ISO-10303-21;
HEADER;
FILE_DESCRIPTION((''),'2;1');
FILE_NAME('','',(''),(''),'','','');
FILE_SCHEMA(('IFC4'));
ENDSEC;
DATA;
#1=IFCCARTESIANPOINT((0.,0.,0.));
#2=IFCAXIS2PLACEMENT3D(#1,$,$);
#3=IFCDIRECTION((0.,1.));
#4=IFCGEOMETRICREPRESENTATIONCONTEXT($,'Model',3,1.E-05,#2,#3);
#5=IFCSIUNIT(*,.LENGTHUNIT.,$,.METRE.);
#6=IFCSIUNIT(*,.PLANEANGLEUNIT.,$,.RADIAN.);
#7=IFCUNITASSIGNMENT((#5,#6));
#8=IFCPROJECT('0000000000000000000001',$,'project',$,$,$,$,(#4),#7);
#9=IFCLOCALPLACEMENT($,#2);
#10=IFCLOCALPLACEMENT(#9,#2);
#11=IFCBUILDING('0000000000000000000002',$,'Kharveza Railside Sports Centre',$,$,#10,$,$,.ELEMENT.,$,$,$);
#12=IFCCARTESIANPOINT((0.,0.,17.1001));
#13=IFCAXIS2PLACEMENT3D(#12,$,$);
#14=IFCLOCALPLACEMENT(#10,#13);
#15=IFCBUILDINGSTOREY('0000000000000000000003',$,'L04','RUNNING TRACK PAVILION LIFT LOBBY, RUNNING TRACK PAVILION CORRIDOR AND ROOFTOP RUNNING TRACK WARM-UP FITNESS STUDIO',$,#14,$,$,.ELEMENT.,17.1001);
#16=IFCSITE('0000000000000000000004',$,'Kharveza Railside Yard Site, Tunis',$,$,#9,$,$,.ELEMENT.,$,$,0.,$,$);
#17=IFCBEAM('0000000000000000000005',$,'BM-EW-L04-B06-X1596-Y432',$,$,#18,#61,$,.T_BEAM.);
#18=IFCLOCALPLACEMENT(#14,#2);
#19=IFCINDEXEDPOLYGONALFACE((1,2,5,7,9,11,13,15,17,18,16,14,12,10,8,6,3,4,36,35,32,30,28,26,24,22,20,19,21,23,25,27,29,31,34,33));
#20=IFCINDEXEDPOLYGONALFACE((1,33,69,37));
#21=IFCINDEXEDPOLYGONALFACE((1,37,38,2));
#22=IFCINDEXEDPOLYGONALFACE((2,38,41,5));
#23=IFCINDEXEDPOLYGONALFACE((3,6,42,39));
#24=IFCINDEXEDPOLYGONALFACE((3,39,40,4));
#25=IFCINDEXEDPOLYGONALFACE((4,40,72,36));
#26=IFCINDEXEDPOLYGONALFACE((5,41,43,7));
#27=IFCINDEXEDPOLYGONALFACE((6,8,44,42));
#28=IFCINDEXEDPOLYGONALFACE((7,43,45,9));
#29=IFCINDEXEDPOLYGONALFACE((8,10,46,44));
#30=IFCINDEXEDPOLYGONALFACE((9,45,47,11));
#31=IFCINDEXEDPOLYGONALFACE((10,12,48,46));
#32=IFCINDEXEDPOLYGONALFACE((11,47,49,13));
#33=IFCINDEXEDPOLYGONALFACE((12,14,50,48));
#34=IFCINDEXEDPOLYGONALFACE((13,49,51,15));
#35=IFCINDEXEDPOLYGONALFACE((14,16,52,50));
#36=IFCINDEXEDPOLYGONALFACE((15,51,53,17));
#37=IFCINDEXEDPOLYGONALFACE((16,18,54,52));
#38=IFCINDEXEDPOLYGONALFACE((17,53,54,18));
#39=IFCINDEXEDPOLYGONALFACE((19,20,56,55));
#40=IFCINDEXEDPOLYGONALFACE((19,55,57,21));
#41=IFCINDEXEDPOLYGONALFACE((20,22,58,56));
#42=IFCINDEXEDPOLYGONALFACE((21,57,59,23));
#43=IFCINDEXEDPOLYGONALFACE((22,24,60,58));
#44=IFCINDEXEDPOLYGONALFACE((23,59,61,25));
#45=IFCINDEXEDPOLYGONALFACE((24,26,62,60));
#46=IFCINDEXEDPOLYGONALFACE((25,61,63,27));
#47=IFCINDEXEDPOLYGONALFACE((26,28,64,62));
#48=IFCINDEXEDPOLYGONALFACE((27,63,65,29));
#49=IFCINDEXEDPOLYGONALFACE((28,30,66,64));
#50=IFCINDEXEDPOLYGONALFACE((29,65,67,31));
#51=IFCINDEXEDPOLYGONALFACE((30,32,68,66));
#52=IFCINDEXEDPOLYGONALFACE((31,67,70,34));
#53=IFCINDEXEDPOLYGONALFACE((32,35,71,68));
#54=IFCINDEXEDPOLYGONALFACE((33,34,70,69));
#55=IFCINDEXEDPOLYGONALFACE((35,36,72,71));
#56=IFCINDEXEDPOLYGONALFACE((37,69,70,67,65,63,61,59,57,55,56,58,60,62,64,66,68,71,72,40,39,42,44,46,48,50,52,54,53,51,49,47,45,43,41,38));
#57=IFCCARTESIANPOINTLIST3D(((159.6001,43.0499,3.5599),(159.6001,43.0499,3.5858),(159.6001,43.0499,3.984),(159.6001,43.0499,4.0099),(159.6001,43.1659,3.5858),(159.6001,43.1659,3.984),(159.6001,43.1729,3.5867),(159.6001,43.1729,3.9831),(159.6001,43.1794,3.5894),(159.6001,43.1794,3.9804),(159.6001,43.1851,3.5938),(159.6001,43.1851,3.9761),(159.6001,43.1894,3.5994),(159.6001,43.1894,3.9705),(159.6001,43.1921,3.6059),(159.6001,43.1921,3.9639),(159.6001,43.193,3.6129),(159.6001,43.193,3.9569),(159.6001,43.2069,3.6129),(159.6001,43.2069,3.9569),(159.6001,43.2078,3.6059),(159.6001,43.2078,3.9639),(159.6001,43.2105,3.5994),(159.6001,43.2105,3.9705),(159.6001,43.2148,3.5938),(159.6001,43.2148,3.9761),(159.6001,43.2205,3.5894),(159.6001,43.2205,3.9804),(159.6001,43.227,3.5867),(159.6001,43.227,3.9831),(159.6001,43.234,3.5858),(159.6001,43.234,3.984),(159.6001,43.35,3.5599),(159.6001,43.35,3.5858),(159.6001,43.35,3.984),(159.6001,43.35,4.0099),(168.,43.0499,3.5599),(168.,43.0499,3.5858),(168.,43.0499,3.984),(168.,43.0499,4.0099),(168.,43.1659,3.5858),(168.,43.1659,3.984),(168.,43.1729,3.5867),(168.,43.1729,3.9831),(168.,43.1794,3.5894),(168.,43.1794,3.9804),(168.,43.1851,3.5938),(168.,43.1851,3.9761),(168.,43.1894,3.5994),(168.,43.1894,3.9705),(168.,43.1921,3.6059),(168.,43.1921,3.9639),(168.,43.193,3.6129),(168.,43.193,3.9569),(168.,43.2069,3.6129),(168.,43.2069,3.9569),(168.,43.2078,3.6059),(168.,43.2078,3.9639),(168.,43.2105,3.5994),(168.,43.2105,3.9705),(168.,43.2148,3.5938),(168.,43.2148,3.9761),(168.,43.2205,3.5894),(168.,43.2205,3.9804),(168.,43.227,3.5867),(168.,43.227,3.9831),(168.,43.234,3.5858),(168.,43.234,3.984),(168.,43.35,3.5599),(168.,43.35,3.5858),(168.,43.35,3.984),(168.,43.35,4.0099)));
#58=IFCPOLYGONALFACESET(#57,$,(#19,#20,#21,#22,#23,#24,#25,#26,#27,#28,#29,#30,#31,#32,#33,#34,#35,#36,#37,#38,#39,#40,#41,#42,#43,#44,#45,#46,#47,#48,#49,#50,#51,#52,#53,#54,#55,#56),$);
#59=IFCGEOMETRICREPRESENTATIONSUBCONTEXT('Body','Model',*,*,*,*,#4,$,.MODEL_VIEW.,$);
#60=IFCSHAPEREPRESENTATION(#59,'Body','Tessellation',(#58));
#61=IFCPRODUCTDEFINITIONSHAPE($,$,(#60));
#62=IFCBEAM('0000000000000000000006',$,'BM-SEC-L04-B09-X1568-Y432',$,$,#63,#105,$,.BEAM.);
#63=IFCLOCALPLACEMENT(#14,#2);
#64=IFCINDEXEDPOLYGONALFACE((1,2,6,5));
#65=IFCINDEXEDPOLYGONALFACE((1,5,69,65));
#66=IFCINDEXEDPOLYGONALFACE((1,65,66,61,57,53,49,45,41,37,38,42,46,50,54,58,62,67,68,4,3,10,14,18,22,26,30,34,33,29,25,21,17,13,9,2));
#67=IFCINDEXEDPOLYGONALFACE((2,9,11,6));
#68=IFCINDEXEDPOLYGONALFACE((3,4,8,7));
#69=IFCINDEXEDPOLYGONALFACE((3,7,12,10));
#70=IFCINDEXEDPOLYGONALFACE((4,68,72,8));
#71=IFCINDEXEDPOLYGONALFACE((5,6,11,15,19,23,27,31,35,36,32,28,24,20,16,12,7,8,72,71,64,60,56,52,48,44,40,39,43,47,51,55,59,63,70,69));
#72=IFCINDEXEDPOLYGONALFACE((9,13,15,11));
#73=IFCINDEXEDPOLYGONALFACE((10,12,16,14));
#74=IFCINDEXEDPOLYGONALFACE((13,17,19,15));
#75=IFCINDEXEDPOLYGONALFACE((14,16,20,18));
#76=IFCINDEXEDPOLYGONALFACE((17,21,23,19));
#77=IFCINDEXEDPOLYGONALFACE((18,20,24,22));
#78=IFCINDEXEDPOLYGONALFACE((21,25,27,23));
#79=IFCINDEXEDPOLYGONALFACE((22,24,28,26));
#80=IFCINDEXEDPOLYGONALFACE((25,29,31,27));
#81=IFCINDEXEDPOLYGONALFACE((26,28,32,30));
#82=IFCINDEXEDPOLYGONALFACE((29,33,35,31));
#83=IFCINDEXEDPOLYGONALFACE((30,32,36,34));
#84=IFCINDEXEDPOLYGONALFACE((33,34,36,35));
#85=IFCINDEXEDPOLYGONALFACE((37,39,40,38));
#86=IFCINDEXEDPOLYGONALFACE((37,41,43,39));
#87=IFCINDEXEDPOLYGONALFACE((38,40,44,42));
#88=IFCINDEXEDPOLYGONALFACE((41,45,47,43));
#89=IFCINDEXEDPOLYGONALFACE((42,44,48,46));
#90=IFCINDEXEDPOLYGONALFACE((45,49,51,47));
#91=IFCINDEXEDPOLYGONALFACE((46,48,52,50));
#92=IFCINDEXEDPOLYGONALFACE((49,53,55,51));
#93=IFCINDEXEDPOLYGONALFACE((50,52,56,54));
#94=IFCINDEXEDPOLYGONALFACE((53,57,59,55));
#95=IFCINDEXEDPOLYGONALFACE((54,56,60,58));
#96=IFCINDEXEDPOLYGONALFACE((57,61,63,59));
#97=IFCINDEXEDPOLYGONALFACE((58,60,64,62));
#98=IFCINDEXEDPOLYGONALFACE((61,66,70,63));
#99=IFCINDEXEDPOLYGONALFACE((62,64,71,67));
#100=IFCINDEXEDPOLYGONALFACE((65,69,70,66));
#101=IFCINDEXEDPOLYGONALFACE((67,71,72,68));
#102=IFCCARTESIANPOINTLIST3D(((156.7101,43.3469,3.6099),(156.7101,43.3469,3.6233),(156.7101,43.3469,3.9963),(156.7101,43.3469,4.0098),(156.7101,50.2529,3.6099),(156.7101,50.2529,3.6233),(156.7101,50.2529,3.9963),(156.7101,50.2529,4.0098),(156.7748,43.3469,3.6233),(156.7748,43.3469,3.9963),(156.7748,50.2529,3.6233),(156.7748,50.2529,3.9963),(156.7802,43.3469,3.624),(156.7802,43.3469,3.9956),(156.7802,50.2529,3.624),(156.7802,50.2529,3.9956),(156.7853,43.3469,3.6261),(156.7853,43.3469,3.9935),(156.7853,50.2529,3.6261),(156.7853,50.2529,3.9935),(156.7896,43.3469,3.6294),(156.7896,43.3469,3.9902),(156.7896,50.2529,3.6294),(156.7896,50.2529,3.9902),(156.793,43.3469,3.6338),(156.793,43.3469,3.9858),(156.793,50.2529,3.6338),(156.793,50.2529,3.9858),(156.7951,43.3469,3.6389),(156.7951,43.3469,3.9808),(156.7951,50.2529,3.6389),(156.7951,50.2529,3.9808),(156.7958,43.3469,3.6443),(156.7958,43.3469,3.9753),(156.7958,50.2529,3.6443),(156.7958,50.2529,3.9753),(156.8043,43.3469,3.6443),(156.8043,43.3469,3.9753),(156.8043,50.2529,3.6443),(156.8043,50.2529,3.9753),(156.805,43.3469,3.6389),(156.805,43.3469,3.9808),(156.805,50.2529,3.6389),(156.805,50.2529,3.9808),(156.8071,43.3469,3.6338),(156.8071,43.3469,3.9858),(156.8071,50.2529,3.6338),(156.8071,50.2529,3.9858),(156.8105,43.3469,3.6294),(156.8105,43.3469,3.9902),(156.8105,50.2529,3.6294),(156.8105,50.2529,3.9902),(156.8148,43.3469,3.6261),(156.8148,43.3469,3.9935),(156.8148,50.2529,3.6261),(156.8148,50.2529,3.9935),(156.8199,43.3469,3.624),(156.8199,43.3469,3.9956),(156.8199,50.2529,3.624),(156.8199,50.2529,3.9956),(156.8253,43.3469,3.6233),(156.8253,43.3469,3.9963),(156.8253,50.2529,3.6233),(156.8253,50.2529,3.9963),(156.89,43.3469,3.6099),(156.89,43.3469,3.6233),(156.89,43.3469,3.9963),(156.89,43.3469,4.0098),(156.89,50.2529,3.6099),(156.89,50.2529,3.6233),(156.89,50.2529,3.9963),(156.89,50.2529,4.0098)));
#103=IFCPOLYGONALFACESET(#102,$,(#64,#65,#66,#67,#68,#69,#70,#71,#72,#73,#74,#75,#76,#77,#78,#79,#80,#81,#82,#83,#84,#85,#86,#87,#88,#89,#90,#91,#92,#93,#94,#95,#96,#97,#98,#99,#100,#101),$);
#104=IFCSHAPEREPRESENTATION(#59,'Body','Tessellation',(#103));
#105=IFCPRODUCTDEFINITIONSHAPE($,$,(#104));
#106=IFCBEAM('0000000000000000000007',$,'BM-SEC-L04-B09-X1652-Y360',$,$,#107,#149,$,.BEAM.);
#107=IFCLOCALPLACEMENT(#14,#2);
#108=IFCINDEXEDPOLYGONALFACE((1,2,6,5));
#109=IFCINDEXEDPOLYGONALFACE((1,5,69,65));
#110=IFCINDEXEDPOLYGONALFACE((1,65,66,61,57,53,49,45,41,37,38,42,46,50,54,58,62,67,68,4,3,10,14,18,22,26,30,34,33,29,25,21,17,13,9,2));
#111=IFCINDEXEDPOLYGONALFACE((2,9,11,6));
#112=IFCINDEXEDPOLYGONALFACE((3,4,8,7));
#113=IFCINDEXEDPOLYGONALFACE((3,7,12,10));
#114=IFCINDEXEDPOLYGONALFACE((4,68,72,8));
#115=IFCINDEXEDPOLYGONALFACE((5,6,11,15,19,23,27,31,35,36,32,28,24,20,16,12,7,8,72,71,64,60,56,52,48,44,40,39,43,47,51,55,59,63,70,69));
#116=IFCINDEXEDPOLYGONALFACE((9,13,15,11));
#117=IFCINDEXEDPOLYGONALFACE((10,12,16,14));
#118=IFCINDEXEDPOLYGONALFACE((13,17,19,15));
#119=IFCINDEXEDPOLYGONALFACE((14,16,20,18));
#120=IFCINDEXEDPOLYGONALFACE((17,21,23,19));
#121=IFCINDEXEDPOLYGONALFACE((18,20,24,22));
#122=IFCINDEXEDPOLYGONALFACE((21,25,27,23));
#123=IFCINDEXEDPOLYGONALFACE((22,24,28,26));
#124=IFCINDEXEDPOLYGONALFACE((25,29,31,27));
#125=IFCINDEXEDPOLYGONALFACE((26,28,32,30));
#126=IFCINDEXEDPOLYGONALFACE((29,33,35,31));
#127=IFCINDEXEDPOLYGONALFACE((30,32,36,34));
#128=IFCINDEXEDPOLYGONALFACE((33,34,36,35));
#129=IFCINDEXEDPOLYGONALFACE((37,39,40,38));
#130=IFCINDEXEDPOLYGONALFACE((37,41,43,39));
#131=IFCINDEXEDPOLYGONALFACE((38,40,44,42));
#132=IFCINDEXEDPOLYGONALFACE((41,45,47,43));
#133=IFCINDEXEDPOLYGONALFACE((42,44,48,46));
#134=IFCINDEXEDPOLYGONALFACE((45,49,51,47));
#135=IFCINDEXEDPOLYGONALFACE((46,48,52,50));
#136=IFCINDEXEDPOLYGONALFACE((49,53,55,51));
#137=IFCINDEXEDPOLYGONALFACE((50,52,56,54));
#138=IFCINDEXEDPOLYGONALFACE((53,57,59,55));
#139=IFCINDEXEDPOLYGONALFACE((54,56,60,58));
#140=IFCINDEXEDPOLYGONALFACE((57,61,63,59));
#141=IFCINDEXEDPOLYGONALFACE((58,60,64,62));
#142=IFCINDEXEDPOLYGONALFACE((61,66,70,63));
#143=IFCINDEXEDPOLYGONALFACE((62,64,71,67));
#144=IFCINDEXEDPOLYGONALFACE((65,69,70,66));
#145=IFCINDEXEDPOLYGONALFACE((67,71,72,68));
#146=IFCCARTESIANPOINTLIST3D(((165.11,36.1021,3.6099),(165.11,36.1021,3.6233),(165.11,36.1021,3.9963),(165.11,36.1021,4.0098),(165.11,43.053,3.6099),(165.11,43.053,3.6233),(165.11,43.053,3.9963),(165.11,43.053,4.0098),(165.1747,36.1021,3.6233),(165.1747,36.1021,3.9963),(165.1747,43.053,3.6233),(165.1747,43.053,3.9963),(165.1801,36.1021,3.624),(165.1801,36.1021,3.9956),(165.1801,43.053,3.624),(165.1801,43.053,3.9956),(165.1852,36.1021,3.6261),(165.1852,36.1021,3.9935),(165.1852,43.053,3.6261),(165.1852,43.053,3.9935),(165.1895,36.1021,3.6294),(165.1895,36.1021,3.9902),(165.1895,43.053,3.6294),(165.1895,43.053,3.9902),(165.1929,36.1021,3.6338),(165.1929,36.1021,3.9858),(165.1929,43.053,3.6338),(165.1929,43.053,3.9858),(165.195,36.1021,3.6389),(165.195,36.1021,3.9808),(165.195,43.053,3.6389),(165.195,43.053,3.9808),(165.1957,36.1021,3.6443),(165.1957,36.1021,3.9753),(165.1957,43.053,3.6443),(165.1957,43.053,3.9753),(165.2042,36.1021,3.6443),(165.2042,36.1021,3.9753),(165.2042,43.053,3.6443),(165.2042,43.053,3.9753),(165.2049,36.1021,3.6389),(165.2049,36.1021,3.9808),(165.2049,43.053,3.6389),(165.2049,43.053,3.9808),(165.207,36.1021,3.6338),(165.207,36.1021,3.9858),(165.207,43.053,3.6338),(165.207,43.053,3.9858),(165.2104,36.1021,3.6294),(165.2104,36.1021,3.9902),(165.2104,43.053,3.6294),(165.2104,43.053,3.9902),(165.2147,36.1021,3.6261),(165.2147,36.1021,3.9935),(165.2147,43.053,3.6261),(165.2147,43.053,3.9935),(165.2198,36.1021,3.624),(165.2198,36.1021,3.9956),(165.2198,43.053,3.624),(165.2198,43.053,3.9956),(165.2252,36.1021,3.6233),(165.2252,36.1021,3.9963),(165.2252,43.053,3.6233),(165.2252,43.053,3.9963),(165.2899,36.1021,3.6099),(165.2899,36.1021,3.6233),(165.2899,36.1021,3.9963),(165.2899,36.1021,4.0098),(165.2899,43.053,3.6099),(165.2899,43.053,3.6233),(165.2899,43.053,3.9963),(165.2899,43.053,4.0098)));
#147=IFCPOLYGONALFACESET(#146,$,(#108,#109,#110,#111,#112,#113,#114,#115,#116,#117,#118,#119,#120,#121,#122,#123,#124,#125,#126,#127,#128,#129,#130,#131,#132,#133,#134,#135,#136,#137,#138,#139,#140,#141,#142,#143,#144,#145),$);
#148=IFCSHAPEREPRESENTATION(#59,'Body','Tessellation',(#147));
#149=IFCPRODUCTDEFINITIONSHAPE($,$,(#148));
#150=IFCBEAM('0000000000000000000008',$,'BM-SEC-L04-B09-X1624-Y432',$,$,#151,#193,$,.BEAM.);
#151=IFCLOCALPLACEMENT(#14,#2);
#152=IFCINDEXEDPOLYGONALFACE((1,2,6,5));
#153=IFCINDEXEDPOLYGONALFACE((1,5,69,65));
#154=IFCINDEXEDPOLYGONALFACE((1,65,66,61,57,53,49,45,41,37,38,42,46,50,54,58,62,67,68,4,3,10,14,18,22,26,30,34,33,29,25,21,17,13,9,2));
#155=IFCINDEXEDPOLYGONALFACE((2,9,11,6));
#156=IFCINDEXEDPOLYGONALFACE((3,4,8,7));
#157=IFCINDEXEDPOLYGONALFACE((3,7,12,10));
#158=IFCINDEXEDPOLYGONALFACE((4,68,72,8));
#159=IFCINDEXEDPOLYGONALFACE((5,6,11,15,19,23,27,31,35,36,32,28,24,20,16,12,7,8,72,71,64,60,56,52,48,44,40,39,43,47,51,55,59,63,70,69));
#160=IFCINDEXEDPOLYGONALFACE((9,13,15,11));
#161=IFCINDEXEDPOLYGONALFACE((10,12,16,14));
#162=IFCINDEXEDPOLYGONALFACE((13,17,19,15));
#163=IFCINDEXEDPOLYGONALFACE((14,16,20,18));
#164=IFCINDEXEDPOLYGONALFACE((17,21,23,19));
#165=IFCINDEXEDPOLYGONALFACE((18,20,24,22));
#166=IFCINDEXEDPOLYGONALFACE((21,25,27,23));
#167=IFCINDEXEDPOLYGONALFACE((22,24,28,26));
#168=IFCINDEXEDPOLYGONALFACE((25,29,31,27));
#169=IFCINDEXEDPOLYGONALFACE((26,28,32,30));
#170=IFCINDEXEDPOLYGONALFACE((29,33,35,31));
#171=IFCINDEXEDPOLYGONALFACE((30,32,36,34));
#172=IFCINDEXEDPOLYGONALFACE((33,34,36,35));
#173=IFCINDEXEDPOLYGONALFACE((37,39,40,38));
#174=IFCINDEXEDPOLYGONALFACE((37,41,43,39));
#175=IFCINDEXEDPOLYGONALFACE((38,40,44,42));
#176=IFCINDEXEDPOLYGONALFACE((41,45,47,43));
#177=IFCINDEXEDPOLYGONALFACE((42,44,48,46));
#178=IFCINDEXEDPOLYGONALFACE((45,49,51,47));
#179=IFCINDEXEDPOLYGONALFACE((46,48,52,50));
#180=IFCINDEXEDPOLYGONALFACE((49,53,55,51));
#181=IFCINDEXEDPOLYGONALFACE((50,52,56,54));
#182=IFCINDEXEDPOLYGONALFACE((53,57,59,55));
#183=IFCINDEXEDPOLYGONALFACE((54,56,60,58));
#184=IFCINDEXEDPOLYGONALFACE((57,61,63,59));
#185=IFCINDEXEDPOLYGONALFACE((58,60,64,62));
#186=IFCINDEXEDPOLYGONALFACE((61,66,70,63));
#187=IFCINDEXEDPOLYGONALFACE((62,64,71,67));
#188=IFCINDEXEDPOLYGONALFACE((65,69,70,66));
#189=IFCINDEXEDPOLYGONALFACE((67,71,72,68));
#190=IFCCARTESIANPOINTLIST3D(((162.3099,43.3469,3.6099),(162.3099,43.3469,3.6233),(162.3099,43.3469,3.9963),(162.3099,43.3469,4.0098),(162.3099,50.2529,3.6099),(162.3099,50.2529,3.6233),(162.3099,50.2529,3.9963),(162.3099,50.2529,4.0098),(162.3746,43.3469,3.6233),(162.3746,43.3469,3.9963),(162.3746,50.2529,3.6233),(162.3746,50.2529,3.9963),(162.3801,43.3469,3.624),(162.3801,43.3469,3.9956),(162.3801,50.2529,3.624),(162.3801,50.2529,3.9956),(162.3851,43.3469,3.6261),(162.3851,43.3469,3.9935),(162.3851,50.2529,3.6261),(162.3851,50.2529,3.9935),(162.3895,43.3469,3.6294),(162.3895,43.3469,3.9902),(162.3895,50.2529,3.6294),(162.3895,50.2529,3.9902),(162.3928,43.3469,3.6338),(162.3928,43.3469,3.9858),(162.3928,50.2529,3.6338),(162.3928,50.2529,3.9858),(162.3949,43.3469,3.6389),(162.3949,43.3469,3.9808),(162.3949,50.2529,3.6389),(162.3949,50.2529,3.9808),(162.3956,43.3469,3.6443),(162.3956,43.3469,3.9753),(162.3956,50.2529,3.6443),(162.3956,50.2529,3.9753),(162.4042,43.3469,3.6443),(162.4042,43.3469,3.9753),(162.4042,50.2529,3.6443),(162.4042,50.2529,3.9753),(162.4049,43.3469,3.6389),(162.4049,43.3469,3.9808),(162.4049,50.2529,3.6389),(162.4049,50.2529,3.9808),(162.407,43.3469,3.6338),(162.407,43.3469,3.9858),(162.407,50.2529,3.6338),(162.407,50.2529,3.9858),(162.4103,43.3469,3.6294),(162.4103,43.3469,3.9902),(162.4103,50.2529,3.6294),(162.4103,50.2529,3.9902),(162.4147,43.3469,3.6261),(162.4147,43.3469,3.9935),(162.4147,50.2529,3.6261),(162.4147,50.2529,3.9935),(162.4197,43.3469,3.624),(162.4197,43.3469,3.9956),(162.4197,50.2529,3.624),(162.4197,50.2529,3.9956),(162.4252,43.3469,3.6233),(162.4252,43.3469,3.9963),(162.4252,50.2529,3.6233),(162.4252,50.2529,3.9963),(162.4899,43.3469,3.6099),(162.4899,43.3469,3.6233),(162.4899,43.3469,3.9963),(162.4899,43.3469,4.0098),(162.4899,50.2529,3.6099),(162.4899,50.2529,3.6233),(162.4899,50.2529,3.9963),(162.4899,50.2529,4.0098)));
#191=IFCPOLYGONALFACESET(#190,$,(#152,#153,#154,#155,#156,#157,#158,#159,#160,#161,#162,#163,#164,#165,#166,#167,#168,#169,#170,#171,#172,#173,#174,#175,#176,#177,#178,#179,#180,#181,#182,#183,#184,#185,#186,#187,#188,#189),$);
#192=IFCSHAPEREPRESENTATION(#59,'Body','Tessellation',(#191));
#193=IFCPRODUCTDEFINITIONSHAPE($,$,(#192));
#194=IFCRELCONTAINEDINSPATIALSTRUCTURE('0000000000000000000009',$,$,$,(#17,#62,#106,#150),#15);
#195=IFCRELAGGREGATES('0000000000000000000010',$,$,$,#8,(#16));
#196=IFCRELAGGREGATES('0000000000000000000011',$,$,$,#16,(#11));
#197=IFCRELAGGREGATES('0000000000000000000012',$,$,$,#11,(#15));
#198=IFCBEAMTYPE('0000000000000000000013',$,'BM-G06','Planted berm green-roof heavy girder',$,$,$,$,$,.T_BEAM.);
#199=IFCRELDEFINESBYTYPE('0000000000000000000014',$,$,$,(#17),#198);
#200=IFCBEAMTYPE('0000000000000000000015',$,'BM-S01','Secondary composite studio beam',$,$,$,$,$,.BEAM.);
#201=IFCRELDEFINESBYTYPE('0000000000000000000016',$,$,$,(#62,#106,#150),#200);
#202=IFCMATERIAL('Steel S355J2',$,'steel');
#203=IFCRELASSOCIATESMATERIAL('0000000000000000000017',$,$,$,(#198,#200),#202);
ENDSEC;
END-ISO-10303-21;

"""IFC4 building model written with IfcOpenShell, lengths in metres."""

from ifc_helpers import new_model, si_unit, direction, frame, origin, origin_2d, place, context, subcontext, project, spatial, i_section, extrude, material, material_profile, profile_set, type_object, element, save


model = new_model("IFC4")

# Units and contexts
model_context = context("Model", 3, precision=1e-05, world=origin(), true_north=direction((0.0, 1.0)))
body_context = subcontext(model_context, "Body", "Model", "MODEL_VIEW")
ifc_project = project(units=[si_unit("LENGTHUNIT", "METRE"), si_unit("PLANEANGLEUNIT", "RADIAN")], contexts=[model_context])

# Site, building, storey
site_placement = place(None, origin())
site = spatial("IfcSite", under=ifc_project, at=site_placement, Name="Kharveza Railside Yard Site, Tunis", CompositionType="ELEMENT", RefElevation=0.0)
building_placement = place(site_placement, origin())
building = spatial("IfcBuilding", under=site, at=building_placement, Name="Kharveza Railside Sports Centre", CompositionType="ELEMENT")
storey_placement = place(building_placement, frame((0.0, 0.0, 17.1001)))
storey = spatial("IfcBuildingStorey", under=building, at=storey_placement, Name="L04", Description="RUNNING TRACK PAVILION LIFT LOBBY, RUNNING TRACK PAVILION CORRIDOR AND ROOFTOP RUNNING TRACK WARM-UP FITNESS STUDIO", CompositionType="ELEMENT", Elevation=17.1001)

# Shared definitions
ifc_material_1 = material(Name="Steel S355J2", Category="steel")

# Beams
ifc_material_profile_1 = material_profile(ifc_material_1, i_section(OverallWidth=0.3, OverallDepth=0.45, WebThickness=0.0139, FlangeThickness=0.0259, FilletRadius=0.0271, at=origin_2d()), Name="HEB 450")
ifc_profile_set_1 = profile_set([ifc_material_profile_1], Name="Steel S355J2")
beam_type_1 = type_object("IfcBeamType", Name="BM-G06", Description="Planted berm green-roof heavy girder", PredefinedType="T_BEAM", material=ifc_profile_set_1)
beam_1_placement = place(storey_placement, frame((159.6001, 43.2, 3.7849), z_axis=(1.0, 0.0, 0.0), x_axis=(0.0, 1.0, 0.0)))
element("IfcBeam", 1, at=beam_1_placement, inside=storey, type_object=beam_type_1, Name="BM-EW-L04-B06-X1596-Y432", PredefinedType="T_BEAM", context=body_context, shape_type="SweptSolid", body=[
    extrude(i_section(OverallWidth=0.3, OverallDepth=0.45, WebThickness=0.0139, FlangeThickness=0.0259, FilletRadius=0.0271, at=origin_2d()), origin(), (0.0, 0.0, 1.0), 8.3999),
])
ifc_material_profile_2 = material_profile(ifc_material_1, i_section(OverallWidth=0.1799, OverallDepth=0.3999, WebThickness=0.0085, FlangeThickness=0.0134, FilletRadius=0.021, at=origin_2d()), Name="IPE 400")
ifc_profile_set_2 = profile_set([ifc_material_profile_2], Name="Steel S355J2")
beam_type_2 = type_object("IfcBeamType", Name="BM-S01", Description="Secondary composite studio beam", PredefinedType="BEAM", material=ifc_profile_set_2)
beam_2_placement = place(storey_placement, frame((156.8, 43.3469, 3.8098), z_axis=(0.0, 1.0, 0.0), x_axis=(-1.0, 0.0, 0.0)))
element("IfcBeam", 2, at=beam_2_placement, inside=storey, type_object=beam_type_2, Name="BM-SEC-L04-B09-X1568-Y432", PredefinedType="BEAM", context=body_context, shape_type="SweptSolid", body=[
    extrude(i_section(OverallWidth=0.1799, OverallDepth=0.3999, WebThickness=0.0085, FlangeThickness=0.0134, FilletRadius=0.021, at=origin_2d()), origin(), (0.0, 0.0, 1.0), 6.906),
])
beam_3_placement = place(storey_placement, frame((165.2, 36.1021, 3.8098), z_axis=(0.0, 1.0, 0.0), x_axis=(-1.0, 0.0, 0.0)))
element("IfcBeam", 3, at=beam_3_placement, inside=storey, type_object=beam_type_2, Name="BM-SEC-L04-B09-X1652-Y360", PredefinedType="BEAM", context=body_context, shape_type="SweptSolid", body=[
    extrude(i_section(OverallWidth=0.1799, OverallDepth=0.3999, WebThickness=0.0085, FlangeThickness=0.0134, FilletRadius=0.021, at=origin_2d()), origin(), (0.0, 0.0, 1.0), 6.9509),
])
beam_4_placement = place(storey_placement, frame((162.3999, 43.3469, 3.8098), z_axis=(0.0, 1.0, 0.0), x_axis=(-1.0, 0.0, 0.0)))
element("IfcBeam", 4, at=beam_4_placement, inside=storey, type_object=beam_type_2, Name="BM-SEC-L04-B09-X1624-Y432", PredefinedType="BEAM", context=body_context, shape_type="SweptSolid", body=[
    extrude(i_section(OverallWidth=0.1799, OverallDepth=0.3999, WebThickness=0.0085, FlangeThickness=0.0134, FilletRadius=0.021, at=origin_2d()), origin(), (0.0, 0.0, 1.0), 6.906),
])

save(model, "model.ifc")
